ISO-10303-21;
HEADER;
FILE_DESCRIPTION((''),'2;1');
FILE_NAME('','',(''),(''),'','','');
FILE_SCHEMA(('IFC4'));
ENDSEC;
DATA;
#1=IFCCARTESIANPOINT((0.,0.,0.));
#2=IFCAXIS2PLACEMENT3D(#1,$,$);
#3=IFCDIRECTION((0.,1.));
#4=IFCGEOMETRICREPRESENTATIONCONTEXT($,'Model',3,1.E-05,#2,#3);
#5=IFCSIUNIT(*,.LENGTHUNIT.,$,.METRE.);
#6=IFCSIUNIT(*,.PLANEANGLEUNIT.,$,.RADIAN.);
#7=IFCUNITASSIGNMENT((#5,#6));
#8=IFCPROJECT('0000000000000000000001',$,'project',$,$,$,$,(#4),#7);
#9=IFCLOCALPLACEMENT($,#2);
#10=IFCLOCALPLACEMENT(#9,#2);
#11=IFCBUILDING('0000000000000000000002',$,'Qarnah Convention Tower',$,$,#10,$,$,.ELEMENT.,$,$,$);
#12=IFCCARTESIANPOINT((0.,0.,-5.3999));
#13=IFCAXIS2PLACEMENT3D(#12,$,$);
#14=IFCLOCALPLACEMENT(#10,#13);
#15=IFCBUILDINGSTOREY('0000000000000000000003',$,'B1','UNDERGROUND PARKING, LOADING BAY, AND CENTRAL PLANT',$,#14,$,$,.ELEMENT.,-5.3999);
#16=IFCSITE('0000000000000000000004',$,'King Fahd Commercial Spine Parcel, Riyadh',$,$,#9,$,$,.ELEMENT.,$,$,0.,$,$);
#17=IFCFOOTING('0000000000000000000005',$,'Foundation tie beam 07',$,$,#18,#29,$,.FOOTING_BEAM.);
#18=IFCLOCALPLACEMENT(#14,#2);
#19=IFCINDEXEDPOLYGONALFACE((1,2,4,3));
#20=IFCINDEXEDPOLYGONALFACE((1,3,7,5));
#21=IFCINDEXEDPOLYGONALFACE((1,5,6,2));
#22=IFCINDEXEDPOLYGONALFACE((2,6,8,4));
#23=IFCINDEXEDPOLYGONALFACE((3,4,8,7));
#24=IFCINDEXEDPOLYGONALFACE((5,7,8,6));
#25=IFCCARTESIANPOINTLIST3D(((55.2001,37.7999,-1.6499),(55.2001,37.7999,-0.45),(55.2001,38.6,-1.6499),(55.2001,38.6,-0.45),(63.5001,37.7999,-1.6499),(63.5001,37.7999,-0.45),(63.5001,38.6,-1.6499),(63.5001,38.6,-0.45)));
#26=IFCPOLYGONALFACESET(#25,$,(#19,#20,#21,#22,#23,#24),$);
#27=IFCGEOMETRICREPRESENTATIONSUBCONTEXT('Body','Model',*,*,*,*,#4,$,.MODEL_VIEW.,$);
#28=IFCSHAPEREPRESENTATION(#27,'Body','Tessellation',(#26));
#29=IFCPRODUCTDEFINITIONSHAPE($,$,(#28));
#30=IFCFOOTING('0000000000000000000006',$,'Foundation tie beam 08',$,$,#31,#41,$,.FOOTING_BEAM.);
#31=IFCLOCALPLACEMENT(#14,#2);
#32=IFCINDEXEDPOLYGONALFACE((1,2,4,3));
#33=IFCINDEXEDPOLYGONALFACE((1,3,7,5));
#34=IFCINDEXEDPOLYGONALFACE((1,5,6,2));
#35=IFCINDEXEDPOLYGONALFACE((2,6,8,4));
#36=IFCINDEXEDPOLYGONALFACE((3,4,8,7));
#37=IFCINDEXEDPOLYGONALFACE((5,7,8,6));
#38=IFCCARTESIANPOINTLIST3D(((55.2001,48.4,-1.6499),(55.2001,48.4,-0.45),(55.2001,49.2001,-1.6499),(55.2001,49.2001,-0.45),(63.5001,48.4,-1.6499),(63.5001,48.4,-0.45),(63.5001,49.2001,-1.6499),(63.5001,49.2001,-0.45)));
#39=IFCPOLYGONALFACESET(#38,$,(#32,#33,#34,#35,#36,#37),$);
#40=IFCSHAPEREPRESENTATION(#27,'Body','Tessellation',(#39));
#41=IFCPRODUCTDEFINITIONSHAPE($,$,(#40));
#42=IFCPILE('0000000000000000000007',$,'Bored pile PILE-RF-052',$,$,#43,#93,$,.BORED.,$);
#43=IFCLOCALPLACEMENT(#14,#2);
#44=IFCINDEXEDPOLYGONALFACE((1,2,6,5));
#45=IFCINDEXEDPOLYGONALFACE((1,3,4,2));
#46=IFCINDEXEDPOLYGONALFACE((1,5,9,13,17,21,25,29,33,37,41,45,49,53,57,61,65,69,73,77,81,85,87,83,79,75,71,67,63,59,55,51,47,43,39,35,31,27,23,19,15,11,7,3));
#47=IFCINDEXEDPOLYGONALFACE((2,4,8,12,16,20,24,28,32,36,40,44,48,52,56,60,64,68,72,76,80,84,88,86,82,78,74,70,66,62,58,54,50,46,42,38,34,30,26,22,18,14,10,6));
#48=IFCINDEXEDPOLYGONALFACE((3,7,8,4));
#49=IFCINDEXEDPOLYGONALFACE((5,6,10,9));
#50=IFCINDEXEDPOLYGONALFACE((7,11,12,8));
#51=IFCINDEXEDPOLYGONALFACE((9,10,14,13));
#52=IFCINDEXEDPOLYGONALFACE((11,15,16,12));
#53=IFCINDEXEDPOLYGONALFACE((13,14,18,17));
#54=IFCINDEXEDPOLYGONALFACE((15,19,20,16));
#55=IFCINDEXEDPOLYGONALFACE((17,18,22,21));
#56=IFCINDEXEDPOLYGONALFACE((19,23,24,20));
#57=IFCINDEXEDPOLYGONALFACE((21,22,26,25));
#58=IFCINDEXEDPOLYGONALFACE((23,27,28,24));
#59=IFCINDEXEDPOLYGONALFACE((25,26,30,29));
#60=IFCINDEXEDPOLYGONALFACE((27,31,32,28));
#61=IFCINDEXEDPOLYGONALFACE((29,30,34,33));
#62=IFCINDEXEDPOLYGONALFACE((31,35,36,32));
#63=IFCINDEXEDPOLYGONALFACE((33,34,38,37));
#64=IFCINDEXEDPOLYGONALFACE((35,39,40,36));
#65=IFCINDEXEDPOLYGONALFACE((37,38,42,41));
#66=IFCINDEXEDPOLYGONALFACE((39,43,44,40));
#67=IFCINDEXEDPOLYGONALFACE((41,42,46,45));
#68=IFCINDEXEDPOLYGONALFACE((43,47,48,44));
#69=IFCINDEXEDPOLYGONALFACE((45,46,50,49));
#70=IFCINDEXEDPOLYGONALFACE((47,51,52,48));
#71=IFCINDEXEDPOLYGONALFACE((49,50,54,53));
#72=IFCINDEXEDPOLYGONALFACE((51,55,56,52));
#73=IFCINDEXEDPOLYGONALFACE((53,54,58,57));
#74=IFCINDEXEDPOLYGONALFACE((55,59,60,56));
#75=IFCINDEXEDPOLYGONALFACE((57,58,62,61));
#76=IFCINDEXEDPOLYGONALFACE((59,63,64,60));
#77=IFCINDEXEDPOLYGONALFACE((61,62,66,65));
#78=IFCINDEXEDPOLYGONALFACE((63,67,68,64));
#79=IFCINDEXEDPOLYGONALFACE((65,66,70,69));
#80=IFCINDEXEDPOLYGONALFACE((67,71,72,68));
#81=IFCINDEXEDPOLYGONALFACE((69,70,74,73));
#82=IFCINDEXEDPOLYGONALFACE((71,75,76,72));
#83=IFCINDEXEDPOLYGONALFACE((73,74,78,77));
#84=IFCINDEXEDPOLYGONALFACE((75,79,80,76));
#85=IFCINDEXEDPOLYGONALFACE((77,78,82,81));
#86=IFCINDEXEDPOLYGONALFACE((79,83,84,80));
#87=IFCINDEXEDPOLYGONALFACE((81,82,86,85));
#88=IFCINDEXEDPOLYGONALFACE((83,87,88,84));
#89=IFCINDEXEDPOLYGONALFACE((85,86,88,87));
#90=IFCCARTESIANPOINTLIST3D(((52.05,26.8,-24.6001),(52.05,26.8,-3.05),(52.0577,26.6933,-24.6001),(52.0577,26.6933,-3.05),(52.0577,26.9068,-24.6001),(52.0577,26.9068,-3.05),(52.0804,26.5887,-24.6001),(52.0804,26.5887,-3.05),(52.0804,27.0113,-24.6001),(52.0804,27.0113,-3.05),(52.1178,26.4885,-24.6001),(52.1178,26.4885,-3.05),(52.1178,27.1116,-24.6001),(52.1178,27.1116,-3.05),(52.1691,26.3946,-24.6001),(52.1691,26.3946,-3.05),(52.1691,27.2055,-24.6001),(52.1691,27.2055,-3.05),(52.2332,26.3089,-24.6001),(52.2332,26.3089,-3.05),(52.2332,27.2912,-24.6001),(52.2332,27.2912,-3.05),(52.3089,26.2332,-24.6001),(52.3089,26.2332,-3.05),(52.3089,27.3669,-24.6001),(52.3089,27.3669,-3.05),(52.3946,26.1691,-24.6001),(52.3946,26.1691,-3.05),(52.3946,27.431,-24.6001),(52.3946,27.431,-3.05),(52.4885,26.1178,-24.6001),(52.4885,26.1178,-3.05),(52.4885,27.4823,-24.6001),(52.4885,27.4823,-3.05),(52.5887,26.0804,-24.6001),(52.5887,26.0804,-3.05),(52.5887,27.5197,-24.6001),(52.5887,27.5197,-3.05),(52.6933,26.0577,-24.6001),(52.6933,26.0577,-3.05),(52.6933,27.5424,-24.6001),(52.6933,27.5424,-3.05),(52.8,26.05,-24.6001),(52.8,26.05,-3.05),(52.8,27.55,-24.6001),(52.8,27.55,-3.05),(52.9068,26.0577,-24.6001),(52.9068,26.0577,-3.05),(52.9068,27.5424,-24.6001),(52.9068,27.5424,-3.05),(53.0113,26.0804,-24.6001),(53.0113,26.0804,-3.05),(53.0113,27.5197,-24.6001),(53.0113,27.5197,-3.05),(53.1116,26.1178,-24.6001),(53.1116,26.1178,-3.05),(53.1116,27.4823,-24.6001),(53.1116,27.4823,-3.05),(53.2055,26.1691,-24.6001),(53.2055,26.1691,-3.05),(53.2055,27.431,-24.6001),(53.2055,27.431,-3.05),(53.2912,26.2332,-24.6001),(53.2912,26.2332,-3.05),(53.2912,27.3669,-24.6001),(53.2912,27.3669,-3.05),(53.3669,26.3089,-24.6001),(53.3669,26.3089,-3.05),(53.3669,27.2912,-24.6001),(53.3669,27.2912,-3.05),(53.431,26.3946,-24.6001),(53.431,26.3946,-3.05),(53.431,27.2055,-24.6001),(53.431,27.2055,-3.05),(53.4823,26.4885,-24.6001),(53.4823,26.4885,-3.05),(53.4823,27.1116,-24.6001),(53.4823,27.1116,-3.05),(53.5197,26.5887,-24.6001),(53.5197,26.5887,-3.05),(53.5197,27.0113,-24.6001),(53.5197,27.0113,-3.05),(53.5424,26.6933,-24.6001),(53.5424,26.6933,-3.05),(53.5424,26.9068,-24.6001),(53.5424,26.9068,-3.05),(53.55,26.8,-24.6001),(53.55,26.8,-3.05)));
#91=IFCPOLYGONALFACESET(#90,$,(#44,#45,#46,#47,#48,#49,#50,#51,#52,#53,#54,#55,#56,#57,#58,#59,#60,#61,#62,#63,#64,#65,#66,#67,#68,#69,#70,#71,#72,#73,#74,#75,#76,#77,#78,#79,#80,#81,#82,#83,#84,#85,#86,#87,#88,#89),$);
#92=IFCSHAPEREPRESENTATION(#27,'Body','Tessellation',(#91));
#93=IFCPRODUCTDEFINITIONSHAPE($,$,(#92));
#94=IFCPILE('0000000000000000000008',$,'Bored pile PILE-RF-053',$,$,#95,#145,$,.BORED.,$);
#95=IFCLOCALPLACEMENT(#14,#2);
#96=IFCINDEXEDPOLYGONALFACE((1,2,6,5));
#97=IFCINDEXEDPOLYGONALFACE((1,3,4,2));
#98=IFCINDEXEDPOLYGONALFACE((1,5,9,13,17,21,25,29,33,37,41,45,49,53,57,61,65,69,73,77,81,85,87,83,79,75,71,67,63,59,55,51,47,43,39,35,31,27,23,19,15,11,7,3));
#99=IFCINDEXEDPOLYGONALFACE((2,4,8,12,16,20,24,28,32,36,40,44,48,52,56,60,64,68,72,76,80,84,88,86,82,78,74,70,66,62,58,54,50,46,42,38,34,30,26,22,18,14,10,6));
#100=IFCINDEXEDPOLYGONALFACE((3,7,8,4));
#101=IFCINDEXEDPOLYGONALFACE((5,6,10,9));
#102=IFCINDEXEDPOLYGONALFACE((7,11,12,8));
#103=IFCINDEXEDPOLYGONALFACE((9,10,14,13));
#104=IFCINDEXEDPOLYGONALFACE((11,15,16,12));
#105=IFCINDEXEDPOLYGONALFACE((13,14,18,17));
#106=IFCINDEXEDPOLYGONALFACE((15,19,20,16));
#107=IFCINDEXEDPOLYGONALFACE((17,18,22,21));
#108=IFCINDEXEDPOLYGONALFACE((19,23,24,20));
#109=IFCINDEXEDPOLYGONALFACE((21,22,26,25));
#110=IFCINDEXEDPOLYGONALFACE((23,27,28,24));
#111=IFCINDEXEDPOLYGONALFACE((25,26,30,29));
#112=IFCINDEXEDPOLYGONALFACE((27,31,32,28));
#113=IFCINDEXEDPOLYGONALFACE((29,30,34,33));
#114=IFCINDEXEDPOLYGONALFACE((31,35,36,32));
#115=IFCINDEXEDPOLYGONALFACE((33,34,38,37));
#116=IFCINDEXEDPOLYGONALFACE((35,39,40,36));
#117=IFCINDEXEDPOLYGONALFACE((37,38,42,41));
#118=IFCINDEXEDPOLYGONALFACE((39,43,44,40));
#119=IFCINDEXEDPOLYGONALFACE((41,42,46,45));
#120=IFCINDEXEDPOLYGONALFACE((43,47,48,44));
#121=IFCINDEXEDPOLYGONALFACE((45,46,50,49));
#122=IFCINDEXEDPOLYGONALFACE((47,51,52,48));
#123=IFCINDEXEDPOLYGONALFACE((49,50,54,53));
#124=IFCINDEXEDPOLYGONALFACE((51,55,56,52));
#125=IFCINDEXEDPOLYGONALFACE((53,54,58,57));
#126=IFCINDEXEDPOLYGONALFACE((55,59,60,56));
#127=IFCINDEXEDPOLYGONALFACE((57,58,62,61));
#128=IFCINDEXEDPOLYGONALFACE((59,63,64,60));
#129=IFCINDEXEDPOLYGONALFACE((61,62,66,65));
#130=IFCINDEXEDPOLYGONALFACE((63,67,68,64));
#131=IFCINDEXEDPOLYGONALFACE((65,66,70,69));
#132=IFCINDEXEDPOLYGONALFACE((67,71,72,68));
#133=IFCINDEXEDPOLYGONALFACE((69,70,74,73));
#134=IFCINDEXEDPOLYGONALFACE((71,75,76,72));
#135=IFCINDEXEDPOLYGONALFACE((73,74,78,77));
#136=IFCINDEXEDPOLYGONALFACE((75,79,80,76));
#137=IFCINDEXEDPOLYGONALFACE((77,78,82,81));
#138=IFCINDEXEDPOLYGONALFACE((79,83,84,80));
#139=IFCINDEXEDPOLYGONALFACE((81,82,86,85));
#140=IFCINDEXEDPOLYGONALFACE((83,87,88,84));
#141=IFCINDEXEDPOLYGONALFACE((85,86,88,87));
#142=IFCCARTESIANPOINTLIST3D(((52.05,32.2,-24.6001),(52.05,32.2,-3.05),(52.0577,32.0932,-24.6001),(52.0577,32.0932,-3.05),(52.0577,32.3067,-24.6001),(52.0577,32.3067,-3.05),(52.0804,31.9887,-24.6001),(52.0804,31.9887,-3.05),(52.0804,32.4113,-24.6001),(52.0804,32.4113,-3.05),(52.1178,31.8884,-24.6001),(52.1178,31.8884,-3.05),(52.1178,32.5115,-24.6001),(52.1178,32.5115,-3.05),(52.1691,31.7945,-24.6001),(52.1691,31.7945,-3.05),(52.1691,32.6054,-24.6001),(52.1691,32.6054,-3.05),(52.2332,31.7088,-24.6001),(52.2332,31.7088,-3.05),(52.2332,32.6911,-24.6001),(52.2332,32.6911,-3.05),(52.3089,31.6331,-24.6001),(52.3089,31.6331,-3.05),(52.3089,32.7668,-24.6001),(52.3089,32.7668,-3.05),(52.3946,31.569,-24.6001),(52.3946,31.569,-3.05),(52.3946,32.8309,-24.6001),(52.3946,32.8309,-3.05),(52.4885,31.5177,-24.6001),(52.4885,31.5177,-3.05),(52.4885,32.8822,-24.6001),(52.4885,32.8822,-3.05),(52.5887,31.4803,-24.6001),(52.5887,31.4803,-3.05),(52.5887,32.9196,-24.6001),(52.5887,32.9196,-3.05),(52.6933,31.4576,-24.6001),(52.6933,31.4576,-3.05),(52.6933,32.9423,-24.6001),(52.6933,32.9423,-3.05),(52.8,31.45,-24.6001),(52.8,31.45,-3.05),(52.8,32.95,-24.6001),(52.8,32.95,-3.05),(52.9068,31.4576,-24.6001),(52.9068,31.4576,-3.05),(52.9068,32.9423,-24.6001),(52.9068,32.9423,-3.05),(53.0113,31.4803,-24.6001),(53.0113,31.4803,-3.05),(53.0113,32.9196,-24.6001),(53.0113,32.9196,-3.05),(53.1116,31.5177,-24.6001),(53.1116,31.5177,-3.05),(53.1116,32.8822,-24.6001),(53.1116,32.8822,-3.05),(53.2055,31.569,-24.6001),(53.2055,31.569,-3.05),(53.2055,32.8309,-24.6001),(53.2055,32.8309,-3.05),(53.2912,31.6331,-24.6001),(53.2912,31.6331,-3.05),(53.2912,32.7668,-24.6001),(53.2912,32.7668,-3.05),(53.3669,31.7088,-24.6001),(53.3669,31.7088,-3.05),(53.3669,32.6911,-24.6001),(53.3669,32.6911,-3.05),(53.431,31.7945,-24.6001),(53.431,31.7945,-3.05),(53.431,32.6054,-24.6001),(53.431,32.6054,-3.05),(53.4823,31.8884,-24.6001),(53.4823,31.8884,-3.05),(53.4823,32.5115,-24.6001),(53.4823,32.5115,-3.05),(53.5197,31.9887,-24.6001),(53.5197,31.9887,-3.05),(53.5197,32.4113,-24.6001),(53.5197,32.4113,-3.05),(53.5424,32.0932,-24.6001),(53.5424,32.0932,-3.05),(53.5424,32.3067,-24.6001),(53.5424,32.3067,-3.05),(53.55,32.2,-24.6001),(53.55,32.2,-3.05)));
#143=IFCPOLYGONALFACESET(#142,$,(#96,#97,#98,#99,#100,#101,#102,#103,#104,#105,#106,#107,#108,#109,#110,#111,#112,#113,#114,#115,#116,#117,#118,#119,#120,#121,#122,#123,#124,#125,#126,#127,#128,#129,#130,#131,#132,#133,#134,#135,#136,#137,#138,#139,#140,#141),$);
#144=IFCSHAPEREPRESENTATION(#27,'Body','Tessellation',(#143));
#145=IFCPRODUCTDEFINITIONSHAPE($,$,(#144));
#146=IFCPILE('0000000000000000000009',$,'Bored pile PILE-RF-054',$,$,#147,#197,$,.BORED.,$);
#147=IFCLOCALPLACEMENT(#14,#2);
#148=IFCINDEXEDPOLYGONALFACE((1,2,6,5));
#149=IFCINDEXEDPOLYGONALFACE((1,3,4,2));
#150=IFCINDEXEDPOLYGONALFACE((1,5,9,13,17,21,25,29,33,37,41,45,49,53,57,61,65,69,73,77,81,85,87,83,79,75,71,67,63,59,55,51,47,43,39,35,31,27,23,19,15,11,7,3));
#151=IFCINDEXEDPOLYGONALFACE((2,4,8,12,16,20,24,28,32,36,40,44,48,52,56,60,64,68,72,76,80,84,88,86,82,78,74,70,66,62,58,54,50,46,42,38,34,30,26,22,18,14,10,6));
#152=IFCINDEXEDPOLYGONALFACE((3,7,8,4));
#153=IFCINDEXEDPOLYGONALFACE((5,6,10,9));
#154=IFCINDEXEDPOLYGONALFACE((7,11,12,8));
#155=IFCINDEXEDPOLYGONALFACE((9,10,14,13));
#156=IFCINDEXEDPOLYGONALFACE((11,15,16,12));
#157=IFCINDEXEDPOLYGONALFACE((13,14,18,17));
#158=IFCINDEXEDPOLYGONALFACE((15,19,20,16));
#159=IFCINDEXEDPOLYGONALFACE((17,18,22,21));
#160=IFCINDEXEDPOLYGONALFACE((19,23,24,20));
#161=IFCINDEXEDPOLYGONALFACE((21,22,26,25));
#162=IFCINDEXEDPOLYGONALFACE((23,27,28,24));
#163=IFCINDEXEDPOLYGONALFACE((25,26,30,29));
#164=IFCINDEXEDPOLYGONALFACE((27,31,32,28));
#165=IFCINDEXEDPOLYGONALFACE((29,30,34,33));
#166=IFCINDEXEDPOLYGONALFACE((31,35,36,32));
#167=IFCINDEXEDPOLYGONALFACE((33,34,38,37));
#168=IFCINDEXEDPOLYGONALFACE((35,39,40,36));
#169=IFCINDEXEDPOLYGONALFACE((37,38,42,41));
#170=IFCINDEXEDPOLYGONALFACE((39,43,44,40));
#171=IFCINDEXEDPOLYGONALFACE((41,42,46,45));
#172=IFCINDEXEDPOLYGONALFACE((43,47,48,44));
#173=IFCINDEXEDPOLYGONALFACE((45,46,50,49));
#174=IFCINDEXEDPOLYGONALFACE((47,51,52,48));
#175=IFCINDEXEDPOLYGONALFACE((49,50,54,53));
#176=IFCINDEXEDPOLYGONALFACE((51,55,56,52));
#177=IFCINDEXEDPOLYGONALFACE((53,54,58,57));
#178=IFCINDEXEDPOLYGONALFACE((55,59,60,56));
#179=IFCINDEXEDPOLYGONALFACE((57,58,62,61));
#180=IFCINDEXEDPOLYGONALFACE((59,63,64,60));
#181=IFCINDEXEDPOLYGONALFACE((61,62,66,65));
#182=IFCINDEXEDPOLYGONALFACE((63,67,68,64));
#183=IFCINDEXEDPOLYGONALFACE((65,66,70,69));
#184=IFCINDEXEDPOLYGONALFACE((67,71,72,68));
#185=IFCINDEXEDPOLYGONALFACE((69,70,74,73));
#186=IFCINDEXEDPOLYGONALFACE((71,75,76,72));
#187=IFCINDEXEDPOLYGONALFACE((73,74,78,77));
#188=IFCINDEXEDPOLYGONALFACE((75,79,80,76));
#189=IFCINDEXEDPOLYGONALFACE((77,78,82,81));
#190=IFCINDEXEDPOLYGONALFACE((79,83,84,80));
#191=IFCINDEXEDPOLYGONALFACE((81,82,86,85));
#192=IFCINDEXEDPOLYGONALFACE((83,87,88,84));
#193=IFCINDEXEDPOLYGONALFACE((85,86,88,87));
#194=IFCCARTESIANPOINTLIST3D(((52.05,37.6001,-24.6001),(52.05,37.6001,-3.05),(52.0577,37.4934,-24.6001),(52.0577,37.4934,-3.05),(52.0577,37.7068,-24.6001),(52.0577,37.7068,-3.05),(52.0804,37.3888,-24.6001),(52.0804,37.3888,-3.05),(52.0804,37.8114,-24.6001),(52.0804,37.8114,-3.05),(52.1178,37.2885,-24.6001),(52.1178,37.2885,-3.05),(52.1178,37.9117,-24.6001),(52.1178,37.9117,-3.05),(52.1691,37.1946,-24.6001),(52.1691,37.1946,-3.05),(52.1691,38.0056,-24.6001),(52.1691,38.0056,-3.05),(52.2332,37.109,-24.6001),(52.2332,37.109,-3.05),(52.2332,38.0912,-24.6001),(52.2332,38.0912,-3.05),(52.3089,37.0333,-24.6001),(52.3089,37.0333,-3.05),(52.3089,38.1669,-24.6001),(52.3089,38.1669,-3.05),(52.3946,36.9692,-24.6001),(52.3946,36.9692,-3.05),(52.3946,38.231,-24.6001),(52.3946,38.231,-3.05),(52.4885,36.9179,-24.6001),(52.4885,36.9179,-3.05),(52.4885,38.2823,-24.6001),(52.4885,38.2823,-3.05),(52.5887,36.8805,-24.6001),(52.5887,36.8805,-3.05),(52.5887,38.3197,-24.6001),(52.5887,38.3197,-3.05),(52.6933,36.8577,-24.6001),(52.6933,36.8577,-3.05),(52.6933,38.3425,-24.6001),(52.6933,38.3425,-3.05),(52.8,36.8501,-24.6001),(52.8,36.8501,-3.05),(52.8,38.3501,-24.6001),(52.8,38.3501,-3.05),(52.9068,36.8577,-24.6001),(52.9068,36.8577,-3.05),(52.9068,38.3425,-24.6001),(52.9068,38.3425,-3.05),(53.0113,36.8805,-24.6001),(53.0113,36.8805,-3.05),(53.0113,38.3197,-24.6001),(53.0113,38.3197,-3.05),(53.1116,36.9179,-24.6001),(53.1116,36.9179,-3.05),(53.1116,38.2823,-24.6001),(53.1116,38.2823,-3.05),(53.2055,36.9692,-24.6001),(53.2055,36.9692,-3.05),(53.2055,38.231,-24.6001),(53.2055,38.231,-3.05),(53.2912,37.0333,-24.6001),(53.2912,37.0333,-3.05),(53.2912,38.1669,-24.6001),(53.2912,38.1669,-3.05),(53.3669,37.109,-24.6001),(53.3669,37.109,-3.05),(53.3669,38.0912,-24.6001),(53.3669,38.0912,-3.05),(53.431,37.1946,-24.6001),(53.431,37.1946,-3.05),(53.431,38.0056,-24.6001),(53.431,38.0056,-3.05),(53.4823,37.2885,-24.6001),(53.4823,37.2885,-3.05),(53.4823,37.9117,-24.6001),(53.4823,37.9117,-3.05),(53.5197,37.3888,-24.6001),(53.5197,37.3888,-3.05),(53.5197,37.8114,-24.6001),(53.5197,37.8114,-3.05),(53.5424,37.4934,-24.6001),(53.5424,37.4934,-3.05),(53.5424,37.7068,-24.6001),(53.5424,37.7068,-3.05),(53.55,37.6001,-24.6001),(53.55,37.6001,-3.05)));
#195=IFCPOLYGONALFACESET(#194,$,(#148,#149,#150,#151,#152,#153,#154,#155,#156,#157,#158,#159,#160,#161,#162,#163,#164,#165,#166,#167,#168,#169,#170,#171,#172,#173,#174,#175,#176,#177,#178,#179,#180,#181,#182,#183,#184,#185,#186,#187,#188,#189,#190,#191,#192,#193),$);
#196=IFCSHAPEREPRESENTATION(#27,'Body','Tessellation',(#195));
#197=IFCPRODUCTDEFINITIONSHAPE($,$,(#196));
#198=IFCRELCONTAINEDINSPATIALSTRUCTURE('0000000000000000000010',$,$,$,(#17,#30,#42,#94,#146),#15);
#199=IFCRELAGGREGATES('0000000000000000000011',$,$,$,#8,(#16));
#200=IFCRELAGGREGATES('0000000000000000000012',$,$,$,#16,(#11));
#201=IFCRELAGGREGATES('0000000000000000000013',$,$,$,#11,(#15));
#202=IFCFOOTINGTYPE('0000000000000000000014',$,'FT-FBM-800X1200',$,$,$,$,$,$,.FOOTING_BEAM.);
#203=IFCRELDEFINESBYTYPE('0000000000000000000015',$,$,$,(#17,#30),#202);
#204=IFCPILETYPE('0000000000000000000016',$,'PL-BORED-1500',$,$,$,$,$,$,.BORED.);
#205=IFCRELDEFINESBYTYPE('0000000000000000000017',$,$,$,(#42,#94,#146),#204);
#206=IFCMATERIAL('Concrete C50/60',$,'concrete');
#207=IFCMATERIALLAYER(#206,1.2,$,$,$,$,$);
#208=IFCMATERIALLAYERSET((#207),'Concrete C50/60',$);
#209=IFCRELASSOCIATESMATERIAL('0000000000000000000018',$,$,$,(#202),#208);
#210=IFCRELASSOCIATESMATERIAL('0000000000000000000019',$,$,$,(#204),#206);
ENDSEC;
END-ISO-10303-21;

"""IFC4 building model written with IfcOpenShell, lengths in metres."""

from ifc_helpers import new_model, si_unit, direction, frame, origin, origin_2d, place, context, subcontext, project, spatial, rectangle, circle, extrude, material, layer, layer_set, material_profile, profile_set, type_object, element, save


model = new_model("IFC4")

# Units and contexts
model_context = context("Model", 3, precision=1e-05, world=origin(), true_north=direction((0.0, 1.0)))
body_context = subcontext(model_context, "Body", "Model", "MODEL_VIEW")
ifc_project = project(units=[si_unit("LENGTHUNIT", "METRE"), si_unit("PLANEANGLEUNIT", "RADIAN")], contexts=[model_context])

# Site, building, storey
site_placement = place(None, origin())
site = spatial("IfcSite", under=ifc_project, at=site_placement, Name="King Fahd Commercial Spine Parcel, Riyadh", CompositionType="ELEMENT", RefElevation=0.0)
building_placement = place(site_placement, origin())
building = spatial("IfcBuilding", under=site, at=building_placement, Name="Qarnah Convention Tower", CompositionType="ELEMENT")
storey_placement = place(building_placement, frame((0.0, 0.0, -5.3999)))
storey = spatial("IfcBuildingStorey", under=building, at=storey_placement, Name="B1", Description="UNDERGROUND PARKING, LOADING BAY, AND CENTRAL PLANT", CompositionType="ELEMENT", Elevation=-5.3999)

# Footings
ifc_material_1 = material(Name="Concrete C50/60", Category="concrete")
ifc_layer_1 = layer(ifc_material_1, 1.2)
ifc_layer_set_1 = layer_set([ifc_layer_1], Name="Concrete C50/60")
footing_type = type_object("IfcFootingType", Name="FT-FBM-800X1200", PredefinedType="FOOTING_BEAM", material=ifc_layer_set_1)
for number, where, z_axis, x_axis, name in (
    (1, (59.3501, 38.2, -1.6499), (0.0, 0.0, 1.0), (1.0, 0.0, 0.0), "Foundation tie beam 07"),
    (2, (59.3501, 48.8, -1.6499), (0.0, 0.0, 1.0), (1.0, 0.0, 0.0), "Foundation tie beam 08"),
):
    element("IfcFooting", number, at=place(storey_placement, frame(where, z_axis=z_axis, x_axis=x_axis)), inside=storey, type_object=footing_type, Name=name, PredefinedType="FOOTING_BEAM", context=body_context, shape_type="SweptSolid", body=[
        extrude(rectangle(XDim=8.3, YDim=0.8, at=origin_2d()), origin(), (0.0, 0.0, 1.0), 1.2),
    ])

# Piles
ifc_material_profile_1 = material_profile(ifc_material_1, circle(Radius=0.75, at=origin_2d()), Name="PILE-D1500")
ifc_profile_set_1 = profile_set([ifc_material_profile_1], Name="Concrete C50/60")
pile_type = type_object("IfcPileType", Name="PL-BORED-1500", PredefinedType="BORED", material=ifc_profile_set_1)
for number, where, z_axis, x_axis, name in (
    (3, (52.8, 26.8, -3.05), (0.0, 0.0, -1.0), (1.0, 0.0, 0.0), "Bored pile PILE-RF-052"),
    (4, (52.8, 32.2, -3.05), (0.0, 0.0, -1.0), (1.0, 0.0, 0.0), "Bored pile PILE-RF-053"),
    (5, (52.8, 37.6001, -3.05), (0.0, 0.0, -1.0), (1.0, 0.0, 0.0), "Bored pile PILE-RF-054"),
):
    element("IfcPile", number, at=place(storey_placement, frame(where, z_axis=z_axis, x_axis=x_axis)), inside=storey, type_object=pile_type, Name=name, PredefinedType="BORED", context=body_context, shape_type="SweptSolid", body=[
        extrude(circle(Radius=0.75, at=origin_2d()), origin(), (0.0, 0.0, 1.0), 21.55),
    ])

save(model, "model.ifc")
